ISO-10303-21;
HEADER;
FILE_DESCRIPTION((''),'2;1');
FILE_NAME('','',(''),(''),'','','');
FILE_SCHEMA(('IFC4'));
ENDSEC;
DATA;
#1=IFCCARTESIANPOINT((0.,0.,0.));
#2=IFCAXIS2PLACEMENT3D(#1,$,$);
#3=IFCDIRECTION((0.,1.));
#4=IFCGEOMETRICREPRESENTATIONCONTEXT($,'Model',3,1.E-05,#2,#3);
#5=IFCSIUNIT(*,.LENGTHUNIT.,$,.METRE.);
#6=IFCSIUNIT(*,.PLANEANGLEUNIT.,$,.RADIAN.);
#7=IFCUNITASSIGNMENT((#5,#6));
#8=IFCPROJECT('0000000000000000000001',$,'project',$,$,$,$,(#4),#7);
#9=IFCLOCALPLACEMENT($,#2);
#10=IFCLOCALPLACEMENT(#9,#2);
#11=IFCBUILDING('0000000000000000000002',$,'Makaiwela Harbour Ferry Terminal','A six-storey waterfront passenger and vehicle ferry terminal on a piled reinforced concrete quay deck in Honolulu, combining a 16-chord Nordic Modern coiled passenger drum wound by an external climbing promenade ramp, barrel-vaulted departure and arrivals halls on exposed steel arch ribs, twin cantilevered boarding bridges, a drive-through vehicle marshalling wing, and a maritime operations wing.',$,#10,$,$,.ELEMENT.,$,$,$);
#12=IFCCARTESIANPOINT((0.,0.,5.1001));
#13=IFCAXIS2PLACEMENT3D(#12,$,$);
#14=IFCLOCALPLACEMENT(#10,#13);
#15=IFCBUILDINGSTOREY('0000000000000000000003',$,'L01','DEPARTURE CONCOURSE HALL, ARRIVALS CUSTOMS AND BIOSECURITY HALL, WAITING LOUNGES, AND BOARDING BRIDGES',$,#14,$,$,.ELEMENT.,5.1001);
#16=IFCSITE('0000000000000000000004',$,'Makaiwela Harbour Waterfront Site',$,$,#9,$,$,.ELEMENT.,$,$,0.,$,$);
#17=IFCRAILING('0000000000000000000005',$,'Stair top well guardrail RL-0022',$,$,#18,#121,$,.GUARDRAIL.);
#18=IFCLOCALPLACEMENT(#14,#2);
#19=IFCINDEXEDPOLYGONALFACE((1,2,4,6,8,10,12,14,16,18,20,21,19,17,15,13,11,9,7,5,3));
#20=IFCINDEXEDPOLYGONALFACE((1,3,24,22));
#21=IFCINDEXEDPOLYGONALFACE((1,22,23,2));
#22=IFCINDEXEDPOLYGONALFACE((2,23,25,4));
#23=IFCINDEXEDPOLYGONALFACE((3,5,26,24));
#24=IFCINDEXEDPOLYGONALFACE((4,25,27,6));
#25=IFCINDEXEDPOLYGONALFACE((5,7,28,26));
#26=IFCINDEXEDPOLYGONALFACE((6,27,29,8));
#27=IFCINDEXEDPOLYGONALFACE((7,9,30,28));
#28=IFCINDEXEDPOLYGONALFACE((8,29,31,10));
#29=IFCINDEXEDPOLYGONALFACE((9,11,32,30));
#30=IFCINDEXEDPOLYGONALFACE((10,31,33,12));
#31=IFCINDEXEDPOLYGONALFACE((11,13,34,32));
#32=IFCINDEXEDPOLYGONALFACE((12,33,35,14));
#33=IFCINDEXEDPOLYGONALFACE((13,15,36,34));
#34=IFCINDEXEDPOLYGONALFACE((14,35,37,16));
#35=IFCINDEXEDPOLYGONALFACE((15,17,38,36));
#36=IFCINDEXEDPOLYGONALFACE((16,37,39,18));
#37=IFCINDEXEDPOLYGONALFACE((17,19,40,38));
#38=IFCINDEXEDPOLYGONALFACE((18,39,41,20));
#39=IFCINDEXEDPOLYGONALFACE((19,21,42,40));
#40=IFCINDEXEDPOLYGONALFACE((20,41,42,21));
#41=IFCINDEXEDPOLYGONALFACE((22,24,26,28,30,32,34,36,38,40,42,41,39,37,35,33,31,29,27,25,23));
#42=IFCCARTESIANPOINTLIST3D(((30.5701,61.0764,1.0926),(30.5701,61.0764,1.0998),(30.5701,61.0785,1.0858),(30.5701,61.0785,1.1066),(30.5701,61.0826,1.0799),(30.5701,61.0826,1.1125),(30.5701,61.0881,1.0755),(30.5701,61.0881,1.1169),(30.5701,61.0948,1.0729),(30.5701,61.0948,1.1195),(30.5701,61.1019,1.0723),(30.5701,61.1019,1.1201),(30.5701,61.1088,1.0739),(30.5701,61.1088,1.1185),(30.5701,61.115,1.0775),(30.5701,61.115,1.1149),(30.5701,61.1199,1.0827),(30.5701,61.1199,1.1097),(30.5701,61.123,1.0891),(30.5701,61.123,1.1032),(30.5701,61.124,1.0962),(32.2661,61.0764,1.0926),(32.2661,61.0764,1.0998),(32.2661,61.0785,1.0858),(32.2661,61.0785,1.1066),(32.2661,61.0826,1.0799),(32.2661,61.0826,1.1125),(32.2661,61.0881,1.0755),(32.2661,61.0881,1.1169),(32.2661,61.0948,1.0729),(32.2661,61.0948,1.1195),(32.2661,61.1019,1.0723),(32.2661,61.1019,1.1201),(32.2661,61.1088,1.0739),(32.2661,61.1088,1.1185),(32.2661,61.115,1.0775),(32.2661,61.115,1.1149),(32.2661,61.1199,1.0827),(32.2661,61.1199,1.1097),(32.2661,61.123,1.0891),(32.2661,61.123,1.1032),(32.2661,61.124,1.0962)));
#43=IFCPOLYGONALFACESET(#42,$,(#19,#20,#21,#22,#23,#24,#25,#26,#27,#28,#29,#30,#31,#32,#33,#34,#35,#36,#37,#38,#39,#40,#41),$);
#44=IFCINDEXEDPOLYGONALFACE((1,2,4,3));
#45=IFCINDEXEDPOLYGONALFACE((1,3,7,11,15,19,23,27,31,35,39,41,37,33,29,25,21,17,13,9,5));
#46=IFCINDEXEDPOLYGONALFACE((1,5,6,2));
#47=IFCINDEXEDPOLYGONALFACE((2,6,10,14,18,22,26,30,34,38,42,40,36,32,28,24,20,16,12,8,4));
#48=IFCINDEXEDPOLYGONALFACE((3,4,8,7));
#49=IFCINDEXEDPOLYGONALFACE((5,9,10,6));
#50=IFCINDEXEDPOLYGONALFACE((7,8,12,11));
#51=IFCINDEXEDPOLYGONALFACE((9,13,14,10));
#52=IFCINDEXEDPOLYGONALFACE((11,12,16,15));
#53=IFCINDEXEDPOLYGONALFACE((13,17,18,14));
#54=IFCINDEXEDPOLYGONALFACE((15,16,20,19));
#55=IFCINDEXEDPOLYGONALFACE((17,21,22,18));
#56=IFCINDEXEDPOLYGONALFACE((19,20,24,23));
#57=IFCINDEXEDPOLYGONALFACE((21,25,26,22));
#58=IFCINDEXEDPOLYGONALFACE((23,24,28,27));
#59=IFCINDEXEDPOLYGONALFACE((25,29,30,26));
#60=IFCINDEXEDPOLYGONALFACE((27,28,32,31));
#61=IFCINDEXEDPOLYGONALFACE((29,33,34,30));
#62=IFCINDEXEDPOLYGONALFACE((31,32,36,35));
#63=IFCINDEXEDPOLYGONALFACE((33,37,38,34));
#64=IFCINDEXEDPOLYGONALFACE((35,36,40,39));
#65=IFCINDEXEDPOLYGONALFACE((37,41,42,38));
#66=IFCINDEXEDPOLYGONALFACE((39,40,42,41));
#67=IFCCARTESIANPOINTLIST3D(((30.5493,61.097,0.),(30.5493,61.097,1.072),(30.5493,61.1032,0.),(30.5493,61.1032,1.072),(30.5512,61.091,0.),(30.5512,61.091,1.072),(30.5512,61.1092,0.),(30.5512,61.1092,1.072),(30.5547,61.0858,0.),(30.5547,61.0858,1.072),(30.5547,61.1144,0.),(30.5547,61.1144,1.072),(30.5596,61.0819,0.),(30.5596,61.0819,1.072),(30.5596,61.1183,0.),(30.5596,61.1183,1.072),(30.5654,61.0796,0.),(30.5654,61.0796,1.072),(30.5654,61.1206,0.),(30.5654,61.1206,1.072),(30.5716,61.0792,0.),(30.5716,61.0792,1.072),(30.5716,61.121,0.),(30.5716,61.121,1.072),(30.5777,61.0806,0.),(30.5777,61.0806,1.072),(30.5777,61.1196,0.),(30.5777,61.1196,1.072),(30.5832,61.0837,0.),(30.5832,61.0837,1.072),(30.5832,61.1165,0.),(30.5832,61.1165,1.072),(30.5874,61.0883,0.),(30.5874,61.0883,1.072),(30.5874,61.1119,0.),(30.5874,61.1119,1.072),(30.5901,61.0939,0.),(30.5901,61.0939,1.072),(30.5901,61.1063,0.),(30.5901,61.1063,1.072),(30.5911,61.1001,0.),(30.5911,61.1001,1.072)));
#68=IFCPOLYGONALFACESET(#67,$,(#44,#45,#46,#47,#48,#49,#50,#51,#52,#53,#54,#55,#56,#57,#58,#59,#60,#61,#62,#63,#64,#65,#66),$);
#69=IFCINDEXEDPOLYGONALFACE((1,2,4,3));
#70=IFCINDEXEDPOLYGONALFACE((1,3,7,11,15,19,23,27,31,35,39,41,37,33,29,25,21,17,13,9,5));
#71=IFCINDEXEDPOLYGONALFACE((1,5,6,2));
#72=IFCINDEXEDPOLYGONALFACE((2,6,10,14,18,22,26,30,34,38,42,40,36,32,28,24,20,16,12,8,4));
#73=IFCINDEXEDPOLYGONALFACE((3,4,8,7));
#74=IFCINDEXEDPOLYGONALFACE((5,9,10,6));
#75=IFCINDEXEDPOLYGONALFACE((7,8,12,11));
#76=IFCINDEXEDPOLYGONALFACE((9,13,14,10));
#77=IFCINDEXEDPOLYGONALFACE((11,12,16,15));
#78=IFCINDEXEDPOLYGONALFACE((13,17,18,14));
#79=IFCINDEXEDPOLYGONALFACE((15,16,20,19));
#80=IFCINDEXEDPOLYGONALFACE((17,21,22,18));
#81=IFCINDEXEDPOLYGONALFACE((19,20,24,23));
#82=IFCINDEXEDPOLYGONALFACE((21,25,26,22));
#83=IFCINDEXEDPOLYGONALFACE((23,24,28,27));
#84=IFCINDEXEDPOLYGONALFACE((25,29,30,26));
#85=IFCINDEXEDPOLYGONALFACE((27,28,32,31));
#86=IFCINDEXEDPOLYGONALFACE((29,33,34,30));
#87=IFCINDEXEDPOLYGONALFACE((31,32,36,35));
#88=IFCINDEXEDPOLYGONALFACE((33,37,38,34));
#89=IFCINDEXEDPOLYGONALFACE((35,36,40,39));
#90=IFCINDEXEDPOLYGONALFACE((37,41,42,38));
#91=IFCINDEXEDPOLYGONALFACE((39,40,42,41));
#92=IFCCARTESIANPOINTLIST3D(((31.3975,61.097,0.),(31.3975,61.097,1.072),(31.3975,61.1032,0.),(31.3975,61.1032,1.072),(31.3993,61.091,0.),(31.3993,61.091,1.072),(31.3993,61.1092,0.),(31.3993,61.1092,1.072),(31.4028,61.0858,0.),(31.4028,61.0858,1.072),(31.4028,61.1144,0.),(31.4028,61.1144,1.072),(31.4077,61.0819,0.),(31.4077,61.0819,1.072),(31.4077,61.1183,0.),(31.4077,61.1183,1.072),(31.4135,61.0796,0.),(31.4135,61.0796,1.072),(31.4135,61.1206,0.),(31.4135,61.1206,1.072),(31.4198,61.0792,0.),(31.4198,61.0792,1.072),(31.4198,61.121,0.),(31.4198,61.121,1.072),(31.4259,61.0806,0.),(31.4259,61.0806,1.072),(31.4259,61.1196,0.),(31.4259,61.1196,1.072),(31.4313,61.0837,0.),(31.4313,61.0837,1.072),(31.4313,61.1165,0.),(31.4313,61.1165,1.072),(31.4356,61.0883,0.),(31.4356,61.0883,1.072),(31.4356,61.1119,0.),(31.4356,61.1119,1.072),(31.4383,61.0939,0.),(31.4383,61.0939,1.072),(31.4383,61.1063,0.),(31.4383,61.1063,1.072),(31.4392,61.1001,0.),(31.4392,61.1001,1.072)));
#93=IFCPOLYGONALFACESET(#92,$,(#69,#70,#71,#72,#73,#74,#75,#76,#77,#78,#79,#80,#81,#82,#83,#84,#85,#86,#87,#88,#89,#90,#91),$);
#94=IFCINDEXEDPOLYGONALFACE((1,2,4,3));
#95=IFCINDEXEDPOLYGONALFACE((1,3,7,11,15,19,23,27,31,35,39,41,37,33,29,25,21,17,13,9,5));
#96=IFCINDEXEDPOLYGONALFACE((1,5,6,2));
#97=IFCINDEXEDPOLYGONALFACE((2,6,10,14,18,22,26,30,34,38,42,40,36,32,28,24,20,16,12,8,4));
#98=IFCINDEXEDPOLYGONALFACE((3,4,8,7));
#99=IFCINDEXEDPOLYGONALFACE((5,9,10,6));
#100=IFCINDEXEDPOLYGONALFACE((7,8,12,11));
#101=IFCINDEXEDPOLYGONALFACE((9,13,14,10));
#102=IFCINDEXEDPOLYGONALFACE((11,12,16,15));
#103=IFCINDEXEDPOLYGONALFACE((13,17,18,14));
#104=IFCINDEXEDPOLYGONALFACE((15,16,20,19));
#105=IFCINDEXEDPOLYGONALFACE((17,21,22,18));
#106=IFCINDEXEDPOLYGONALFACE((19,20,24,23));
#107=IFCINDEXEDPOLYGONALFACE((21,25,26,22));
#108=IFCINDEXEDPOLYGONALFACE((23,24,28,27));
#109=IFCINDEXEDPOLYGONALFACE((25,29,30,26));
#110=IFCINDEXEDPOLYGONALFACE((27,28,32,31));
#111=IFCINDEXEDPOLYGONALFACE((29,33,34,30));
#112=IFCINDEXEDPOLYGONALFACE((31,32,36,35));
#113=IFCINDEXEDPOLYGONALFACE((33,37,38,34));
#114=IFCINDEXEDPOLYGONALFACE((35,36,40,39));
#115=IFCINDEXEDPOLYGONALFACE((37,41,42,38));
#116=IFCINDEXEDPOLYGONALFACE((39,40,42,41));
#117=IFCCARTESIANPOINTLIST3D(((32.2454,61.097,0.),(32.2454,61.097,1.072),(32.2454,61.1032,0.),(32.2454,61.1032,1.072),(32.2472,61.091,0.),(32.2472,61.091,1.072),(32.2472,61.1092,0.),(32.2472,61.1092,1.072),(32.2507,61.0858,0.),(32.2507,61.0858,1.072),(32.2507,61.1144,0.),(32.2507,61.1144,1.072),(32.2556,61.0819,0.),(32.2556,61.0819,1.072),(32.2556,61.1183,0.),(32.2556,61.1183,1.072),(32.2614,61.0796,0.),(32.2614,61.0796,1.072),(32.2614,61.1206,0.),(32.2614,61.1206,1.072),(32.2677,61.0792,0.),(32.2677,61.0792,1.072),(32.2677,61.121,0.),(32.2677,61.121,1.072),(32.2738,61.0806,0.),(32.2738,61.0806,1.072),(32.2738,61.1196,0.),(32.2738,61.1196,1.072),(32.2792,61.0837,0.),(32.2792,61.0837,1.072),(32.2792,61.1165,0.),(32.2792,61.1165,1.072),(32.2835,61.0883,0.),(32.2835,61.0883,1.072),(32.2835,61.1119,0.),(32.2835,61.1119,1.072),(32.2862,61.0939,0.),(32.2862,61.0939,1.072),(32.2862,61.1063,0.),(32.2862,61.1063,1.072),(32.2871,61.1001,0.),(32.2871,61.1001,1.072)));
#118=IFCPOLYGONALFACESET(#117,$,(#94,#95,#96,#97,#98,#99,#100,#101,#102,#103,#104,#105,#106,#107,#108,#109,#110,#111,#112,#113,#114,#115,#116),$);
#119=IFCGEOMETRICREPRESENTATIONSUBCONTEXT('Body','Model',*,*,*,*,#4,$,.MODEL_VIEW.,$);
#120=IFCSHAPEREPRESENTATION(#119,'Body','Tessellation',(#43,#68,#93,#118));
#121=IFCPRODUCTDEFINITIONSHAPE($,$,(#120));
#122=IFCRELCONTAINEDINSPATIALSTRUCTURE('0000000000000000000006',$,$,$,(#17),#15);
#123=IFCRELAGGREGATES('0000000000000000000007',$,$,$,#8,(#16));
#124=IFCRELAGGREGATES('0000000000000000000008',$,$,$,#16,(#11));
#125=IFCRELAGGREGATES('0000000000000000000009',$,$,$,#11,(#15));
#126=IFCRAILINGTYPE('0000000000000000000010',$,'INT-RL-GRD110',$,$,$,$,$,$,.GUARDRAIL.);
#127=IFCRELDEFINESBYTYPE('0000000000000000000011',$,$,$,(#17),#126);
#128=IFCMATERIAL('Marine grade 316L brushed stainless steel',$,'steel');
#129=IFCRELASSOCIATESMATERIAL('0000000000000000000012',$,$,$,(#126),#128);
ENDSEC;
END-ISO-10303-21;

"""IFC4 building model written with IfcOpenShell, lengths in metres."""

from ifc_helpers import new_model, si_unit, direction, frame, origin, origin_2d, place, context, subcontext, project, spatial, circle, extrude, material, type_object, element, save


model = new_model("IFC4")

# Units and contexts
model_context = context("Model", 3, precision=1e-05, world=origin(), true_north=direction((0.0, 1.0)))
body_context = subcontext(model_context, "Body", "Model", "MODEL_VIEW")
ifc_project = project(units=[si_unit("LENGTHUNIT", "METRE"), si_unit("PLANEANGLEUNIT", "RADIAN")], contexts=[model_context])

# Site, building, storey
site_placement = place(None, origin())
site = spatial("IfcSite", under=ifc_project, at=site_placement, Name="Makaiwela Harbour Waterfront Site", CompositionType="ELEMENT", RefElevation=0.0)
building_placement = place(site_placement, origin())
building = spatial("IfcBuilding", under=site, at=building_placement, Name="Makaiwela Harbour Ferry Terminal", Description="A six-storey waterfront passenger and vehicle ferry terminal on a piled reinforced concrete quay deck in Honolulu, combining a 16-chord Nordic Modern coiled passenger drum wound by an external climbing promenade ramp, barrel-vaulted departure and arrivals halls on exposed steel arch ribs, twin cantilevered boarding bridges, a drive-through vehicle marshalling wing, and a maritime operations wing.", CompositionType="ELEMENT")
storey_placement = place(building_placement, frame((0.0, 0.0, 5.1001)))
storey = spatial("IfcBuildingStorey", under=building, at=storey_placement, Name="L01", Description="DEPARTURE CONCOURSE HALL, ARRIVALS CUSTOMS AND BIOSECURITY HALL, WAITING LOUNGES, AND BOARDING BRIDGES", CompositionType="ELEMENT", Elevation=5.1001)

# Shared definitions
ifc_material_1 = material(Name="Marine grade 316L brushed stainless steel", Category="steel")

# Railing
railing_type_1 = type_object("IfcRailingType", Name="INT-RL-GRD110", PredefinedType="GUARDRAIL", material=ifc_material_1)
railing_1_placement = place(storey_placement, frame((30.5701, 61.1001, 0.0)))
element("IfcRailing", 1, at=railing_1_placement, inside=storey, type_object=railing_type_1, Name="Stair top well guardrail RL-0022", PredefinedType="GUARDRAIL", context=body_context, shape_type="SweptSolid", body=[
    extrude(circle(Radius=0.0239, at=origin_2d()), frame((0.0, 0.0, 1.0962), z_axis=(1.0, 0.0, 0.0), x_axis=(0.0, 1.0, 0.0)), (0.0, 0.0, 1.0), 1.696),
    extrude(circle(Radius=0.021, at=origin_2d()), origin(), (0.0, 0.0, 1.0), 1.072),
    extrude(circle(Radius=0.021, at=origin_2d()), frame((0.8481, 0.0, 0.0)), (0.0, 0.0, 1.0), 1.072),
    extrude(circle(Radius=0.021, at=origin_2d()), frame((1.696, 0.0, 0.0)), (0.0, 0.0, 1.0), 1.072),
])

save(model, "model.ifc")
